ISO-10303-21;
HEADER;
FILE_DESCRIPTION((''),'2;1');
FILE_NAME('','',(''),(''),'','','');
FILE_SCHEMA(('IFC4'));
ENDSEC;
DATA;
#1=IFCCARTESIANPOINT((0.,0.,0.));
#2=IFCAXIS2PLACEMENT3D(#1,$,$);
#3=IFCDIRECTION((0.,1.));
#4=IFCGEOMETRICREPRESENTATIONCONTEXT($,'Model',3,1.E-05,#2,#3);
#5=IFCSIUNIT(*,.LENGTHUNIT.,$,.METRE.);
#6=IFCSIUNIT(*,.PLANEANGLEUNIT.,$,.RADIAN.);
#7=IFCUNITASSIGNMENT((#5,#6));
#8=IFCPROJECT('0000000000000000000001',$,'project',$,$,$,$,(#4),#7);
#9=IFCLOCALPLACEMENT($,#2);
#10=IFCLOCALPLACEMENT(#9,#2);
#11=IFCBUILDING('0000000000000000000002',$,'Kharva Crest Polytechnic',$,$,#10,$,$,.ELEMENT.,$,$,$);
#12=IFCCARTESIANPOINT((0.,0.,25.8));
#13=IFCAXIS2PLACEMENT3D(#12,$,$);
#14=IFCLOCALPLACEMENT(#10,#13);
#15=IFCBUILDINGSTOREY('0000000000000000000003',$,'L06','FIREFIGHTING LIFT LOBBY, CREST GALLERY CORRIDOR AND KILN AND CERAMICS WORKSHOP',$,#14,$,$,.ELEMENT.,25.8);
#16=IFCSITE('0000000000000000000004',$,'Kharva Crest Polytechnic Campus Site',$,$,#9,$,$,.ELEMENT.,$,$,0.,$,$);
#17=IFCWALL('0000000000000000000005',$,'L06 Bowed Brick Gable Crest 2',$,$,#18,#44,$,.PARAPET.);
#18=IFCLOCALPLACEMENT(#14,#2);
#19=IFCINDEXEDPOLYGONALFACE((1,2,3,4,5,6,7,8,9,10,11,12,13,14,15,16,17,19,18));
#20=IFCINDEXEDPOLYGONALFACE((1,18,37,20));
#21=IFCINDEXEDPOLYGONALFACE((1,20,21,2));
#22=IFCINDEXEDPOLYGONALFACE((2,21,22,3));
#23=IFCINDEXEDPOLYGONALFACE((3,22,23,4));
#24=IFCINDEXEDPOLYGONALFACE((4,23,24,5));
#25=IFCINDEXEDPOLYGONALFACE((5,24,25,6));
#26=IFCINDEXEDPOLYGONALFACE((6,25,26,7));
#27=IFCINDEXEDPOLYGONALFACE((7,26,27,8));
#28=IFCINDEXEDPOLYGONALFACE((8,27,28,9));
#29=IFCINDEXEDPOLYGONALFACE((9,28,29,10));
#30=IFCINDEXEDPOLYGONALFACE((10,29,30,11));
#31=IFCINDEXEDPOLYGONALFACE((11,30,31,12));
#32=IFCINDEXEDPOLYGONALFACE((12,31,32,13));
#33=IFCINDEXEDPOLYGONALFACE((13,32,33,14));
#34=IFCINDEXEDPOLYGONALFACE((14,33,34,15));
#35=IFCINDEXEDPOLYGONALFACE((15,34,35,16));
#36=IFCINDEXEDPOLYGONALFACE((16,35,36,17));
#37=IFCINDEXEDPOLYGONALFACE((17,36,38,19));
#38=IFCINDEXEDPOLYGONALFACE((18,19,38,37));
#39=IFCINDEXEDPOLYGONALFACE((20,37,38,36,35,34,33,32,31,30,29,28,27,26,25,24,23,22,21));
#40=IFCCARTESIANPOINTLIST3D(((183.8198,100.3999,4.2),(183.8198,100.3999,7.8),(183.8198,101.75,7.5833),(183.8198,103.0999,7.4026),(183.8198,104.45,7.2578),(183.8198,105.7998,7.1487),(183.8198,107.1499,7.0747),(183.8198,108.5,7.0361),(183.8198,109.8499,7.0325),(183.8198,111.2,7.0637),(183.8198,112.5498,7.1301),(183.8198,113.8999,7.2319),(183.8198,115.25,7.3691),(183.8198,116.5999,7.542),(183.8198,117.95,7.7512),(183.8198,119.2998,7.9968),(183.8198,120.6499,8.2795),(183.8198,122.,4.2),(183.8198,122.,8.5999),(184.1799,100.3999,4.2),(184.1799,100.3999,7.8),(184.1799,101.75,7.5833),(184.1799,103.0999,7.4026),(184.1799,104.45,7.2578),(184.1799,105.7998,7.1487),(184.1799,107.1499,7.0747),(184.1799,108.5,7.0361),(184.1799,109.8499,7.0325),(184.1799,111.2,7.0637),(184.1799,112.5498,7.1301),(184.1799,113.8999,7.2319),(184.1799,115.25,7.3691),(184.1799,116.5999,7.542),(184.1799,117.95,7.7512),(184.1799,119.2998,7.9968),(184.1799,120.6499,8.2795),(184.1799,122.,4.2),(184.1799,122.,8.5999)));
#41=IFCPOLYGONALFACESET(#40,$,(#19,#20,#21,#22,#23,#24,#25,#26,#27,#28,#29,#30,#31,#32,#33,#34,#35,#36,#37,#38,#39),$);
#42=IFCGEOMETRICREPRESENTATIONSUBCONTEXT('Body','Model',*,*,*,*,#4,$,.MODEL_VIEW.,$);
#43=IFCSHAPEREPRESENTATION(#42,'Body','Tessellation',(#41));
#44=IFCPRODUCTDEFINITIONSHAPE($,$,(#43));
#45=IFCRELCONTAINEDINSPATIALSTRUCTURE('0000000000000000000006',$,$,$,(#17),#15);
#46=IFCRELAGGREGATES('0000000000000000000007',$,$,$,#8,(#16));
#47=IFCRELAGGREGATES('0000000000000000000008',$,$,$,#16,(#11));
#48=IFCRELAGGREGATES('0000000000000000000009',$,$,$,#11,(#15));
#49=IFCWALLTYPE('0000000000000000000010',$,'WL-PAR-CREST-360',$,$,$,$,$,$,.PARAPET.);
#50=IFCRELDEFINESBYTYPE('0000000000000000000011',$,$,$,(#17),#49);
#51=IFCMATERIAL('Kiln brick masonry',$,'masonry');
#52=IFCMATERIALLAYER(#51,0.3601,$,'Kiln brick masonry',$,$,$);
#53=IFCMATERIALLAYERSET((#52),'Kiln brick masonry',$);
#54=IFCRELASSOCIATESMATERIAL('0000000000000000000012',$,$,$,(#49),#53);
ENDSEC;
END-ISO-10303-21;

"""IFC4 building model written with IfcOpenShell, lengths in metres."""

from ifc_helpers import new_model, si_unit, direction, frame, origin, place, context, subcontext, project, spatial, polyline, outline, extrude, material, layer, layer_set, type_object, element, save


model = new_model("IFC4")

# Units and contexts
model_context = context("Model", 3, precision=1e-05, world=origin(), true_north=direction((0.0, 1.0)))
body_context = subcontext(model_context, "Body", "Model", "MODEL_VIEW")
ifc_project = project(units=[si_unit("LENGTHUNIT", "METRE"), si_unit("PLANEANGLEUNIT", "RADIAN")], contexts=[model_context])

# Site, building, storey
site_placement = place(None, origin())
site = spatial("IfcSite", under=ifc_project, at=site_placement, Name="Kharva Crest Polytechnic Campus Site", CompositionType="ELEMENT", RefElevation=0.0)
building_placement = place(site_placement, origin())
building = spatial("IfcBuilding", under=site, at=building_placement, Name="Kharva Crest Polytechnic", CompositionType="ELEMENT")
storey_placement = place(building_placement, frame((0.0, 0.0, 25.8)))
storey = spatial("IfcBuildingStorey", under=building, at=storey_placement, Name="L06", Description="FIREFIGHTING LIFT LOBBY, CREST GALLERY CORRIDOR AND KILN AND CERAMICS WORKSHOP", CompositionType="ELEMENT", Elevation=25.8)

# Shared definitions
ifc_material_1 = material(Name="Kiln brick masonry", Category="masonry")

# Wall
ifc_layer_1 = layer(ifc_material_1, 0.3601, Name="Kiln brick masonry")
ifc_layer_set_1 = layer_set([ifc_layer_1], Name="Kiln brick masonry")
wall_type_1 = type_object("IfcWallType", Name="WL-PAR-CREST-360", PredefinedType="PARAPET", material=ifc_layer_set_1)
wall_1_placement = place(storey_placement, frame((184.0, 100.3999, 4.2), z_axis=(0.0, 0.0, 1.0), x_axis=(0.0, 1.0, 0.0)))
element("IfcWall", 1, at=wall_1_placement, inside=storey, type_object=wall_type_1, Name="L06 Bowed Brick Gable Crest 2", PredefinedType="PARAPET", context=body_context, shape_type="SweptSolid", body=[
    extrude(outline(polyline([(0.0, 0.0), (21.6001, 0.0), (21.6001, 4.3999), (20.25, 4.0796), (18.8999, 3.7969), (17.55, 3.5513), (16.2, 3.342), (14.8501, 3.1692), (13.5, 3.032), (12.1499, 2.9302), (10.8, 2.8638), (9.45, 2.8325), (8.1001, 2.8362), (6.75, 2.8748), (5.3999, 2.9487), (4.05, 3.0579), (2.7, 3.2026), (1.3501, 3.3833), (0.0, 3.6001), (0.0, 0.0)])), frame((0.0, 0.1802, 0.0), z_axis=(0.0, -1.0, 0.0), x_axis=(1.0, 0.0, 0.0)), (0.0, 0.0, 1.0), 0.3601),
])

save(model, "model.ifc")
